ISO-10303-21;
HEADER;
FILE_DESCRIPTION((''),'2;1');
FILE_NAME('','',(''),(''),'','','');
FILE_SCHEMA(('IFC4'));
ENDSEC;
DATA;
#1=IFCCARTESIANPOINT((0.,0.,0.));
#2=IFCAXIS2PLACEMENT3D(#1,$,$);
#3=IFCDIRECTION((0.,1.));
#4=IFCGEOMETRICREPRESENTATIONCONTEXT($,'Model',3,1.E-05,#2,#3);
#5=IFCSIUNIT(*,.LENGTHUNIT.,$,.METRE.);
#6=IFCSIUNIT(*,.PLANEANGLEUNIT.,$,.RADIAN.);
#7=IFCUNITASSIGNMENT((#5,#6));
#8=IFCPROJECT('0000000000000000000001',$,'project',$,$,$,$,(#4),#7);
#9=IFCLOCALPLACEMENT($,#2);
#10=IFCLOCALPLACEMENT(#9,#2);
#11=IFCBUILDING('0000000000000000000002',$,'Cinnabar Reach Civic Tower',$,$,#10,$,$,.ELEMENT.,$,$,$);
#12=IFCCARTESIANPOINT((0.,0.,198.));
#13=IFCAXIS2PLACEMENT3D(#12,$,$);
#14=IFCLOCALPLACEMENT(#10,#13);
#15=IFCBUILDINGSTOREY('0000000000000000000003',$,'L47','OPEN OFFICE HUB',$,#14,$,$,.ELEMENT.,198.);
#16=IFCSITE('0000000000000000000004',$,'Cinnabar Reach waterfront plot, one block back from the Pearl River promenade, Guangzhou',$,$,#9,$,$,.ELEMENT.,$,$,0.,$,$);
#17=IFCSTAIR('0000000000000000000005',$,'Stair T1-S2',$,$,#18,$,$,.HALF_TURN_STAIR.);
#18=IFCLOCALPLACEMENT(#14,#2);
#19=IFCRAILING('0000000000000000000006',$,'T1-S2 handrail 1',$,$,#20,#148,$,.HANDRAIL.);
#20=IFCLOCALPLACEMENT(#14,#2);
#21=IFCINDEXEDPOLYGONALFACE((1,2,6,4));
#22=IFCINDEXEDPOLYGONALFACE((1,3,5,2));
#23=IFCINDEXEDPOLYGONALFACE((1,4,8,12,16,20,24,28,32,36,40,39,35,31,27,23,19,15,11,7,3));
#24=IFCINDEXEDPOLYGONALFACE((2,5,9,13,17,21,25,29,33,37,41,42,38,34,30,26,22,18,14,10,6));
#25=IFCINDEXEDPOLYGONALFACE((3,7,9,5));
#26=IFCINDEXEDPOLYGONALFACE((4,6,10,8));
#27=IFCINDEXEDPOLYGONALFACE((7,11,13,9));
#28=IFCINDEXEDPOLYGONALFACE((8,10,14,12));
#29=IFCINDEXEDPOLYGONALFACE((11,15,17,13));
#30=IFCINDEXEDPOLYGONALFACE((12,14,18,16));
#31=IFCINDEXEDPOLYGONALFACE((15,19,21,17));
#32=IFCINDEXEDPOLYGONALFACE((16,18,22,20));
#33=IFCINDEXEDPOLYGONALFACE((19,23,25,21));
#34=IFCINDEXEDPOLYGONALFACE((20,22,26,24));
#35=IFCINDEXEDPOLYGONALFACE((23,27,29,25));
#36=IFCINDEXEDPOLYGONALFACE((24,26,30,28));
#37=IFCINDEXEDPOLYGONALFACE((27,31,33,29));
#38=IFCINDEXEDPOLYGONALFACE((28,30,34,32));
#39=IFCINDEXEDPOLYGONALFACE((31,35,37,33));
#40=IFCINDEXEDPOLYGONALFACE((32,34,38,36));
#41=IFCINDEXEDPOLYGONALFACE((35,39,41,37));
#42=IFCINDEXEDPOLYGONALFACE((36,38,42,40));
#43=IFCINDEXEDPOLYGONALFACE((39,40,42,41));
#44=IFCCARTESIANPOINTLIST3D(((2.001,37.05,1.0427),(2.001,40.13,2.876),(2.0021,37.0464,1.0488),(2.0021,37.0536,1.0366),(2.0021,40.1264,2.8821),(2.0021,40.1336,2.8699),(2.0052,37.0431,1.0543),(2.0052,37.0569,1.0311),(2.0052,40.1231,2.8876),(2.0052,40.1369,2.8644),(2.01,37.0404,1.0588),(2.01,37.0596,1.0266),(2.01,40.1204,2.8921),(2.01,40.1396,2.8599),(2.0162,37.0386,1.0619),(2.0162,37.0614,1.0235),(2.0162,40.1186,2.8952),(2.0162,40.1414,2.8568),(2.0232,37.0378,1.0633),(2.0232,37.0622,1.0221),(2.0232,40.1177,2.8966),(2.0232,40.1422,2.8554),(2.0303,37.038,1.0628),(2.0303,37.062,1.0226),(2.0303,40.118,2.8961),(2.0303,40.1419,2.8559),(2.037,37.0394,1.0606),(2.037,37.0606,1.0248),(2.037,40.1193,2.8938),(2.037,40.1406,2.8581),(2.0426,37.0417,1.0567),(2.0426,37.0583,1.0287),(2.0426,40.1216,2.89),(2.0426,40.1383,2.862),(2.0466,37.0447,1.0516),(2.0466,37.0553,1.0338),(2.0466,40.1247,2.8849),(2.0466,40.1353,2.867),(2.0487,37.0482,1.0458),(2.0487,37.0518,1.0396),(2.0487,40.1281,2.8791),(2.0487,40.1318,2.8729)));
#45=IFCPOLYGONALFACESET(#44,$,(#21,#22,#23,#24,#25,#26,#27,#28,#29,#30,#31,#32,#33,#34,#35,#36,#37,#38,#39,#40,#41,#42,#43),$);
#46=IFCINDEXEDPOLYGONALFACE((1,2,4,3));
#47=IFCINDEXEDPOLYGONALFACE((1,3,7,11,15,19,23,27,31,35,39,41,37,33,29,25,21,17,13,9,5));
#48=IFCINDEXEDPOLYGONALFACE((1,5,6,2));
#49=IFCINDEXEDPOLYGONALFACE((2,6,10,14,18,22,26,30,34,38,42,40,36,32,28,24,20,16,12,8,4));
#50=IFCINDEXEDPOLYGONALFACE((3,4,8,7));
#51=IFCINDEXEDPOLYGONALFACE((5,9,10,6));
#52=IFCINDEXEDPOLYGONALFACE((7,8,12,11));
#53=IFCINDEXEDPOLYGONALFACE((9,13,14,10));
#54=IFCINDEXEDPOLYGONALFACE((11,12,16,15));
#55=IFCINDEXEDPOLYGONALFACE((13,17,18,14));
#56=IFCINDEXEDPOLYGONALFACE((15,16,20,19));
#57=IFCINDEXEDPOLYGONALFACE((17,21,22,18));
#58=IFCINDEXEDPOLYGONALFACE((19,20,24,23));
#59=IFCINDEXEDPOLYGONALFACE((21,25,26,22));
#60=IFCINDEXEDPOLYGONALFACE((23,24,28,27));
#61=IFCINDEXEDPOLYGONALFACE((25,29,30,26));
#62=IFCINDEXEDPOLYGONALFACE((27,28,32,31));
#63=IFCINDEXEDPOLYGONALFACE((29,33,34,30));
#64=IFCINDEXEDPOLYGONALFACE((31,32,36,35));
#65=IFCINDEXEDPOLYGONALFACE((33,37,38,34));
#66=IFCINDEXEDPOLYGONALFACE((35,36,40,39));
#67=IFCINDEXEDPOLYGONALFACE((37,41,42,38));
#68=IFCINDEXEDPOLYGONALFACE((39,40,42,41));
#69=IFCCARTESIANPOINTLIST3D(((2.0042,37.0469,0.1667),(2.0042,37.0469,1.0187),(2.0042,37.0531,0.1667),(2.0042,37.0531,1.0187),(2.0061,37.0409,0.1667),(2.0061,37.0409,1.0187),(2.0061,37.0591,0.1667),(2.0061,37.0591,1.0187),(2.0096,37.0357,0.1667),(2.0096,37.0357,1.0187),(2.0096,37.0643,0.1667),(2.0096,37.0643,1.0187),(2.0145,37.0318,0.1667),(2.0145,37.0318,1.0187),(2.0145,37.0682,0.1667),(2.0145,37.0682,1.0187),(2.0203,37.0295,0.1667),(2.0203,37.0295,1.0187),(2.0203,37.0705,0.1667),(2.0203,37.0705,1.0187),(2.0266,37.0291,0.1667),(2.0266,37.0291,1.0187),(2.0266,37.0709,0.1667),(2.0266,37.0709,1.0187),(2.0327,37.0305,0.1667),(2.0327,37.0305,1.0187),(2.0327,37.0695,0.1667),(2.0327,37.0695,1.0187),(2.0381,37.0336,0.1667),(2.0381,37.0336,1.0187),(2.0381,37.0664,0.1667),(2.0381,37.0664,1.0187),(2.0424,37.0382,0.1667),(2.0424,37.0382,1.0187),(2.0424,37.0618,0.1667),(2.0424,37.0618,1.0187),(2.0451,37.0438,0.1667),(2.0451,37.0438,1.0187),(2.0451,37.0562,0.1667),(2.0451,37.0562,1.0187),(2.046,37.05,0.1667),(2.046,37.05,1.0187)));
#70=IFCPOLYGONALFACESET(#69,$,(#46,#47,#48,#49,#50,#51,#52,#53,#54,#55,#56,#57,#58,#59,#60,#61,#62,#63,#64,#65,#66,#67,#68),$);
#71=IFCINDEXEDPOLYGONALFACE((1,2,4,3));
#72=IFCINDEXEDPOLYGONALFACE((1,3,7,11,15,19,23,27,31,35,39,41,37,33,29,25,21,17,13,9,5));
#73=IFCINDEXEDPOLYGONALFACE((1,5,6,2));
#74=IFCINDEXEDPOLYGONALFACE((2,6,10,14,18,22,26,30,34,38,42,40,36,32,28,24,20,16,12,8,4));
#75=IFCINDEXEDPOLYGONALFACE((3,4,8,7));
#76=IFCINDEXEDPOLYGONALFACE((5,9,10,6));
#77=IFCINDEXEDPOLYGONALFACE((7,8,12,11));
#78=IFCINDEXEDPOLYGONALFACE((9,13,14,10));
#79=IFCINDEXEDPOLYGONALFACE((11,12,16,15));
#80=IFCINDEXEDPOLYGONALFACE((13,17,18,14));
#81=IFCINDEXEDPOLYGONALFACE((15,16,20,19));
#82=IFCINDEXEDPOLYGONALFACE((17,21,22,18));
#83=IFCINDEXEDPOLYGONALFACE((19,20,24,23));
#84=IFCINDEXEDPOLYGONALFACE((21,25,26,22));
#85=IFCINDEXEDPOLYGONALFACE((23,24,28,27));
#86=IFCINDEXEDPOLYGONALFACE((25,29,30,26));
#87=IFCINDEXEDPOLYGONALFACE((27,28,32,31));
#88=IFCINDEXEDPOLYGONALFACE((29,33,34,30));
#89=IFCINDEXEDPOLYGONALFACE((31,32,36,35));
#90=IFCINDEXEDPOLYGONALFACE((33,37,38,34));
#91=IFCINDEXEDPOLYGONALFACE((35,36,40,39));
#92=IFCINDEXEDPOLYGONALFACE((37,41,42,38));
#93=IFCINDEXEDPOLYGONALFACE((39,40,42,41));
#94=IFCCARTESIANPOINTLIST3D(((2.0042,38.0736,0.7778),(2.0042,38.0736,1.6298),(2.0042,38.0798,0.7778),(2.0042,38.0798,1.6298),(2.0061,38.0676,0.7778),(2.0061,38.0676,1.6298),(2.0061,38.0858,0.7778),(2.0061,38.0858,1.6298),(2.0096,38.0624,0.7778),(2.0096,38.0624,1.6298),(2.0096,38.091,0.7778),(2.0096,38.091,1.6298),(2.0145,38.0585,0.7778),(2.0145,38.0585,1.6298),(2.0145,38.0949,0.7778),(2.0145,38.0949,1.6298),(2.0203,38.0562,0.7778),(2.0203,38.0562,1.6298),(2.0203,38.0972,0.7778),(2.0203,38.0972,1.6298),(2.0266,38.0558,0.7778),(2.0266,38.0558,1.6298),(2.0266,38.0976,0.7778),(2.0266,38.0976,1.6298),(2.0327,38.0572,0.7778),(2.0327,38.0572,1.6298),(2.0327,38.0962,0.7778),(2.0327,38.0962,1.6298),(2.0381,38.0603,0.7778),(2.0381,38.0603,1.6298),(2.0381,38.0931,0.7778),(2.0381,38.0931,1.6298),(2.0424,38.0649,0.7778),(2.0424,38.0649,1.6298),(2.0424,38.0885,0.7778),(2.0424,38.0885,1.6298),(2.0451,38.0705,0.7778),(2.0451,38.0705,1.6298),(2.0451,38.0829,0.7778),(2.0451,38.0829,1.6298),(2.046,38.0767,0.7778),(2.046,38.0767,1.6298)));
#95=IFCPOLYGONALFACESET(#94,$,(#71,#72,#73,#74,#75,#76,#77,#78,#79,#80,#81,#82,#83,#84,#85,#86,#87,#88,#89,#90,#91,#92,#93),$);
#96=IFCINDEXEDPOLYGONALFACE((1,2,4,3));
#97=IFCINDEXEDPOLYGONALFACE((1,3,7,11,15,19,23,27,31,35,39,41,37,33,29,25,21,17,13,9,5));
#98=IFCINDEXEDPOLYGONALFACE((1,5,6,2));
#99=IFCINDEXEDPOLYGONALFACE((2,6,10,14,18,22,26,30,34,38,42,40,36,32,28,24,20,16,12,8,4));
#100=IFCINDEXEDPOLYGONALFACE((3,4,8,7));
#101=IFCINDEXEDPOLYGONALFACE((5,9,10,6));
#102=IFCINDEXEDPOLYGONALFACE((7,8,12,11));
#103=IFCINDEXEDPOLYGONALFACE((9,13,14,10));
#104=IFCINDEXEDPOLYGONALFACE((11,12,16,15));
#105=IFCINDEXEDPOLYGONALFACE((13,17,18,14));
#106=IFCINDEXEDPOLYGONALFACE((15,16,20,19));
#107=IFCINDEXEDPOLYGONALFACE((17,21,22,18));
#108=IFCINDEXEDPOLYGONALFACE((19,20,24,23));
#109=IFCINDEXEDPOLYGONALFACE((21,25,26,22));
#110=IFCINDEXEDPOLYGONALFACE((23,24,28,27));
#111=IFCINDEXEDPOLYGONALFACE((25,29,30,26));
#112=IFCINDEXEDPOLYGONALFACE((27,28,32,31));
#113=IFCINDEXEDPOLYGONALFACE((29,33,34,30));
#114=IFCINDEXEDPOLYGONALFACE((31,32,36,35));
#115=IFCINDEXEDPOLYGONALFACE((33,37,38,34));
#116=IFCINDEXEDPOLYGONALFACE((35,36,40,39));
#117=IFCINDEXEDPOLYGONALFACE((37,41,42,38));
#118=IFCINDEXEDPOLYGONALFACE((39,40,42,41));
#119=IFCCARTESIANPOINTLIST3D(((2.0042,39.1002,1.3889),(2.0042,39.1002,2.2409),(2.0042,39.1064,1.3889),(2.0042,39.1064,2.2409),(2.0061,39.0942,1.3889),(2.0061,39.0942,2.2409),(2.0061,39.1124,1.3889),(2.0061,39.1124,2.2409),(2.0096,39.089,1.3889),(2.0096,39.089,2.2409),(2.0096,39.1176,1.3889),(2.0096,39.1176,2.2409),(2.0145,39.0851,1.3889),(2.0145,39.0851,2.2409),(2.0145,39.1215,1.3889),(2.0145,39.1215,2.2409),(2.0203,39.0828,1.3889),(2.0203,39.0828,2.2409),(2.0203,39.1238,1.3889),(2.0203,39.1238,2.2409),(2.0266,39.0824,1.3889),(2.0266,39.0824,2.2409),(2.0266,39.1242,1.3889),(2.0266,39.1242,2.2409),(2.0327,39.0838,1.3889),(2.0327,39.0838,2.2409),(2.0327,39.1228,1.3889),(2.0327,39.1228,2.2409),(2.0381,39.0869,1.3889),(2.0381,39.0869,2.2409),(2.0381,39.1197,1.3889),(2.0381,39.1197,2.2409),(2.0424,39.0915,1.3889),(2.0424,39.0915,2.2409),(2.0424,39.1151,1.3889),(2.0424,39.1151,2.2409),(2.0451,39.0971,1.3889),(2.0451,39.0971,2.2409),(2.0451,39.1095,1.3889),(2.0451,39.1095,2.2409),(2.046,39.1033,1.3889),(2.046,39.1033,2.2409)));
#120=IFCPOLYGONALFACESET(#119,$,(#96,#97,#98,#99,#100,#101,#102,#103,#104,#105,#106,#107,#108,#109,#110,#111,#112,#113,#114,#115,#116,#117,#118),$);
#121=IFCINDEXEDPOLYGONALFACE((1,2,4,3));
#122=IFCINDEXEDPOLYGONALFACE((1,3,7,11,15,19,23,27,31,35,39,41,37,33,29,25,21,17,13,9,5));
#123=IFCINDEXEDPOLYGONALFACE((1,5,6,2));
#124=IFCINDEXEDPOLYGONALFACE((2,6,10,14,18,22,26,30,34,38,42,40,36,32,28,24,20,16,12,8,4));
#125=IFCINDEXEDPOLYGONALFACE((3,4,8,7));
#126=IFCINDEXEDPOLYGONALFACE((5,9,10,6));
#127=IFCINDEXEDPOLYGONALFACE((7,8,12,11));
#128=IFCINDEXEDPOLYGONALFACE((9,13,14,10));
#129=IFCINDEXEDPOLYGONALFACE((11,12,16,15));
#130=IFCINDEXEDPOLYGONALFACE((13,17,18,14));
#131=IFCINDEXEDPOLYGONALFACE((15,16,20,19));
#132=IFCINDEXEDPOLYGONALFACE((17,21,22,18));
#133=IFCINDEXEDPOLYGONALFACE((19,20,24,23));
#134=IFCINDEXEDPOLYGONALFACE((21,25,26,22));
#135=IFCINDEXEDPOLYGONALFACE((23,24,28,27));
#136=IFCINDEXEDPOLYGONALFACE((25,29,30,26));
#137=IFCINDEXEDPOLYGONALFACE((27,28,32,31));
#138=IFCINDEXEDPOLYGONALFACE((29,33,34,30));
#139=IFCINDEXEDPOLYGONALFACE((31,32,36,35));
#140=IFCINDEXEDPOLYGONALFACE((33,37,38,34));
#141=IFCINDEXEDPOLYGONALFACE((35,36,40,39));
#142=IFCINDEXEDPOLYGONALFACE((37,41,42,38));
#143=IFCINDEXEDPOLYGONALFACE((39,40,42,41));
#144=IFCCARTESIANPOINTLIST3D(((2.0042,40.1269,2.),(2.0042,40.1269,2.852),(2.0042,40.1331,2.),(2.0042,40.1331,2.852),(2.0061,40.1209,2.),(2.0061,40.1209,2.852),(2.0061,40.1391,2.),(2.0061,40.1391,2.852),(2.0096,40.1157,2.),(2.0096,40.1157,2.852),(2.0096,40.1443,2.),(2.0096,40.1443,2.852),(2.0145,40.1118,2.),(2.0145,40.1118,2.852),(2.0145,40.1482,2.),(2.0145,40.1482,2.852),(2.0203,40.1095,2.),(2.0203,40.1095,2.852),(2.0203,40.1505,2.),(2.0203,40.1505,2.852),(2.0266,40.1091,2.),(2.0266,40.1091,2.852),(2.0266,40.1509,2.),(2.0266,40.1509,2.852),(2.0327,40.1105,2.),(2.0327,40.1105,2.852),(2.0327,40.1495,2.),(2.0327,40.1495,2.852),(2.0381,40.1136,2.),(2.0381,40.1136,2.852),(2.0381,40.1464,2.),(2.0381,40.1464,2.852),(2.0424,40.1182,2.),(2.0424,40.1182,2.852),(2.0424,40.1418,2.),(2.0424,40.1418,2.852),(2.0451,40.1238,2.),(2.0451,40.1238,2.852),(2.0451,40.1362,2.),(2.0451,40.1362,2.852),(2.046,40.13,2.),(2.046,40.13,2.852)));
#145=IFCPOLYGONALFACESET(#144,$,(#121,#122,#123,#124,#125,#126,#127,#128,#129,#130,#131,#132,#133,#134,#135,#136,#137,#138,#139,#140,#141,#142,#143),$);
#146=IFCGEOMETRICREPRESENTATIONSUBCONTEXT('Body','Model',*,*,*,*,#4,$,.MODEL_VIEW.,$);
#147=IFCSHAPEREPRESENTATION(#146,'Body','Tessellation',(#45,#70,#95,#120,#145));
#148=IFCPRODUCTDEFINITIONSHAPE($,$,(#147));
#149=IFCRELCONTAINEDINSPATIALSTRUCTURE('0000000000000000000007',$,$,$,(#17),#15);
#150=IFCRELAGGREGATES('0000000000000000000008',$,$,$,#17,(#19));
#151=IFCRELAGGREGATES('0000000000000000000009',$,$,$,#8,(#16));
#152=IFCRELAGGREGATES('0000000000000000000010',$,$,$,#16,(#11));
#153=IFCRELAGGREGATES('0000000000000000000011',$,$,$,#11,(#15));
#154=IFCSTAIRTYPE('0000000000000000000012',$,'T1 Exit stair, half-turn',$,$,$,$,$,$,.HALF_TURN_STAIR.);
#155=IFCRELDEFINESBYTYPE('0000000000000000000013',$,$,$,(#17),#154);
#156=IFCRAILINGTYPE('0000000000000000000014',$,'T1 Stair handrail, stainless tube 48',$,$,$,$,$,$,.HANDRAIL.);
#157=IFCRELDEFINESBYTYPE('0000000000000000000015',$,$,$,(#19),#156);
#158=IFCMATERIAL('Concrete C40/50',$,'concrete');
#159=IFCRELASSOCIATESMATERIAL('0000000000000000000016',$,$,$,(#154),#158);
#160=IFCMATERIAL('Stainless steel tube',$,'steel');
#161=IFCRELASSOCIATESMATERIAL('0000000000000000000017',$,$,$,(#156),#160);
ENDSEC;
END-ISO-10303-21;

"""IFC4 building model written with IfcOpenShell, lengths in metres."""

from ifc_helpers import new_model, si_unit, direction, frame, origin, origin_2d, place, context, subcontext, project, spatial, circle, extrude, material, type_object, element, aggregate, save


model = new_model("IFC4")

# Units and contexts
model_context = context("Model", 3, precision=1e-05, world=origin(), true_north=direction((0.0, 1.0)))
body_context = subcontext(model_context, "Body", "Model", "MODEL_VIEW")
ifc_project = project(units=[si_unit("LENGTHUNIT", "METRE"), si_unit("PLANEANGLEUNIT", "RADIAN")], contexts=[model_context])

# Site, building, storey
site_placement = place(None, origin())
site = spatial("IfcSite", under=ifc_project, at=site_placement, Name="Cinnabar Reach waterfront plot, one block back from the Pearl River promenade, Guangzhou", CompositionType="ELEMENT", RefElevation=0.0)
building_placement = place(site_placement, origin())
building = spatial("IfcBuilding", under=site, at=building_placement, Name="Cinnabar Reach Civic Tower", CompositionType="ELEMENT")
storey_placement = place(building_placement, frame((0.0, 0.0, 198.0)))
storey = spatial("IfcBuildingStorey", under=building, at=storey_placement, Name="L47", Description="OPEN OFFICE HUB", CompositionType="ELEMENT", Elevation=198.0)

# Shared definitions
ifc_material_1 = material(Name="Concrete C40/50", Category="concrete")

# Stair, railing
stair_type = type_object("IfcStairType", Name="T1 Exit stair, half-turn", PredefinedType="HALF_TURN_STAIR", material=ifc_material_1)
stair_placement = place(storey_placement, origin())
stair = element("IfcStair", 1, at=stair_placement, inside=storey, type_object=stair_type, Name="Stair T1-S2", PredefinedType="HALF_TURN_STAIR")
ifc_material_2 = material(Name="Stainless steel tube", Category="steel")
railing_type = type_object("IfcRailingType", Name="T1 Stair handrail, stainless tube 48", PredefinedType="HANDRAIL", material=ifc_material_2)
railing_1_placement = place(storey_placement, frame((2.025, 37.05, 0.1667)))
railing_1 = element("IfcRailing", 2, at=railing_1_placement, type_object=railing_type, Name="T1-S2 handrail 1", PredefinedType="HANDRAIL", context=body_context, shape_type="SweptSolid", body=[
    extrude(circle(Radius=0.024, at=origin_2d()), frame((0.0, 0.0, 0.876), z_axis=(0.0, 0.859297, 0.511477), x_axis=(-1.0, 0.0, 0.0)), (0.0, 0.0, 1.0), 3.5843),
    extrude(circle(Radius=0.021, at=origin_2d()), origin(), (0.0, 0.0, 1.0), 0.852),
    extrude(circle(Radius=0.021, at=origin_2d()), frame((0.0, 1.0267, 0.6111)), (0.0, 0.0, 1.0), 0.852),
    extrude(circle(Radius=0.021, at=origin_2d()), frame((0.0, 2.0533, 1.2222)), (0.0, 0.0, 1.0), 0.852),
    extrude(circle(Radius=0.021, at=origin_2d()), frame((0.0, 3.08, 1.8333)), (0.0, 0.0, 1.0), 0.852),
])
aggregate(stair, [railing_1])

save(model, "model.ifc")
